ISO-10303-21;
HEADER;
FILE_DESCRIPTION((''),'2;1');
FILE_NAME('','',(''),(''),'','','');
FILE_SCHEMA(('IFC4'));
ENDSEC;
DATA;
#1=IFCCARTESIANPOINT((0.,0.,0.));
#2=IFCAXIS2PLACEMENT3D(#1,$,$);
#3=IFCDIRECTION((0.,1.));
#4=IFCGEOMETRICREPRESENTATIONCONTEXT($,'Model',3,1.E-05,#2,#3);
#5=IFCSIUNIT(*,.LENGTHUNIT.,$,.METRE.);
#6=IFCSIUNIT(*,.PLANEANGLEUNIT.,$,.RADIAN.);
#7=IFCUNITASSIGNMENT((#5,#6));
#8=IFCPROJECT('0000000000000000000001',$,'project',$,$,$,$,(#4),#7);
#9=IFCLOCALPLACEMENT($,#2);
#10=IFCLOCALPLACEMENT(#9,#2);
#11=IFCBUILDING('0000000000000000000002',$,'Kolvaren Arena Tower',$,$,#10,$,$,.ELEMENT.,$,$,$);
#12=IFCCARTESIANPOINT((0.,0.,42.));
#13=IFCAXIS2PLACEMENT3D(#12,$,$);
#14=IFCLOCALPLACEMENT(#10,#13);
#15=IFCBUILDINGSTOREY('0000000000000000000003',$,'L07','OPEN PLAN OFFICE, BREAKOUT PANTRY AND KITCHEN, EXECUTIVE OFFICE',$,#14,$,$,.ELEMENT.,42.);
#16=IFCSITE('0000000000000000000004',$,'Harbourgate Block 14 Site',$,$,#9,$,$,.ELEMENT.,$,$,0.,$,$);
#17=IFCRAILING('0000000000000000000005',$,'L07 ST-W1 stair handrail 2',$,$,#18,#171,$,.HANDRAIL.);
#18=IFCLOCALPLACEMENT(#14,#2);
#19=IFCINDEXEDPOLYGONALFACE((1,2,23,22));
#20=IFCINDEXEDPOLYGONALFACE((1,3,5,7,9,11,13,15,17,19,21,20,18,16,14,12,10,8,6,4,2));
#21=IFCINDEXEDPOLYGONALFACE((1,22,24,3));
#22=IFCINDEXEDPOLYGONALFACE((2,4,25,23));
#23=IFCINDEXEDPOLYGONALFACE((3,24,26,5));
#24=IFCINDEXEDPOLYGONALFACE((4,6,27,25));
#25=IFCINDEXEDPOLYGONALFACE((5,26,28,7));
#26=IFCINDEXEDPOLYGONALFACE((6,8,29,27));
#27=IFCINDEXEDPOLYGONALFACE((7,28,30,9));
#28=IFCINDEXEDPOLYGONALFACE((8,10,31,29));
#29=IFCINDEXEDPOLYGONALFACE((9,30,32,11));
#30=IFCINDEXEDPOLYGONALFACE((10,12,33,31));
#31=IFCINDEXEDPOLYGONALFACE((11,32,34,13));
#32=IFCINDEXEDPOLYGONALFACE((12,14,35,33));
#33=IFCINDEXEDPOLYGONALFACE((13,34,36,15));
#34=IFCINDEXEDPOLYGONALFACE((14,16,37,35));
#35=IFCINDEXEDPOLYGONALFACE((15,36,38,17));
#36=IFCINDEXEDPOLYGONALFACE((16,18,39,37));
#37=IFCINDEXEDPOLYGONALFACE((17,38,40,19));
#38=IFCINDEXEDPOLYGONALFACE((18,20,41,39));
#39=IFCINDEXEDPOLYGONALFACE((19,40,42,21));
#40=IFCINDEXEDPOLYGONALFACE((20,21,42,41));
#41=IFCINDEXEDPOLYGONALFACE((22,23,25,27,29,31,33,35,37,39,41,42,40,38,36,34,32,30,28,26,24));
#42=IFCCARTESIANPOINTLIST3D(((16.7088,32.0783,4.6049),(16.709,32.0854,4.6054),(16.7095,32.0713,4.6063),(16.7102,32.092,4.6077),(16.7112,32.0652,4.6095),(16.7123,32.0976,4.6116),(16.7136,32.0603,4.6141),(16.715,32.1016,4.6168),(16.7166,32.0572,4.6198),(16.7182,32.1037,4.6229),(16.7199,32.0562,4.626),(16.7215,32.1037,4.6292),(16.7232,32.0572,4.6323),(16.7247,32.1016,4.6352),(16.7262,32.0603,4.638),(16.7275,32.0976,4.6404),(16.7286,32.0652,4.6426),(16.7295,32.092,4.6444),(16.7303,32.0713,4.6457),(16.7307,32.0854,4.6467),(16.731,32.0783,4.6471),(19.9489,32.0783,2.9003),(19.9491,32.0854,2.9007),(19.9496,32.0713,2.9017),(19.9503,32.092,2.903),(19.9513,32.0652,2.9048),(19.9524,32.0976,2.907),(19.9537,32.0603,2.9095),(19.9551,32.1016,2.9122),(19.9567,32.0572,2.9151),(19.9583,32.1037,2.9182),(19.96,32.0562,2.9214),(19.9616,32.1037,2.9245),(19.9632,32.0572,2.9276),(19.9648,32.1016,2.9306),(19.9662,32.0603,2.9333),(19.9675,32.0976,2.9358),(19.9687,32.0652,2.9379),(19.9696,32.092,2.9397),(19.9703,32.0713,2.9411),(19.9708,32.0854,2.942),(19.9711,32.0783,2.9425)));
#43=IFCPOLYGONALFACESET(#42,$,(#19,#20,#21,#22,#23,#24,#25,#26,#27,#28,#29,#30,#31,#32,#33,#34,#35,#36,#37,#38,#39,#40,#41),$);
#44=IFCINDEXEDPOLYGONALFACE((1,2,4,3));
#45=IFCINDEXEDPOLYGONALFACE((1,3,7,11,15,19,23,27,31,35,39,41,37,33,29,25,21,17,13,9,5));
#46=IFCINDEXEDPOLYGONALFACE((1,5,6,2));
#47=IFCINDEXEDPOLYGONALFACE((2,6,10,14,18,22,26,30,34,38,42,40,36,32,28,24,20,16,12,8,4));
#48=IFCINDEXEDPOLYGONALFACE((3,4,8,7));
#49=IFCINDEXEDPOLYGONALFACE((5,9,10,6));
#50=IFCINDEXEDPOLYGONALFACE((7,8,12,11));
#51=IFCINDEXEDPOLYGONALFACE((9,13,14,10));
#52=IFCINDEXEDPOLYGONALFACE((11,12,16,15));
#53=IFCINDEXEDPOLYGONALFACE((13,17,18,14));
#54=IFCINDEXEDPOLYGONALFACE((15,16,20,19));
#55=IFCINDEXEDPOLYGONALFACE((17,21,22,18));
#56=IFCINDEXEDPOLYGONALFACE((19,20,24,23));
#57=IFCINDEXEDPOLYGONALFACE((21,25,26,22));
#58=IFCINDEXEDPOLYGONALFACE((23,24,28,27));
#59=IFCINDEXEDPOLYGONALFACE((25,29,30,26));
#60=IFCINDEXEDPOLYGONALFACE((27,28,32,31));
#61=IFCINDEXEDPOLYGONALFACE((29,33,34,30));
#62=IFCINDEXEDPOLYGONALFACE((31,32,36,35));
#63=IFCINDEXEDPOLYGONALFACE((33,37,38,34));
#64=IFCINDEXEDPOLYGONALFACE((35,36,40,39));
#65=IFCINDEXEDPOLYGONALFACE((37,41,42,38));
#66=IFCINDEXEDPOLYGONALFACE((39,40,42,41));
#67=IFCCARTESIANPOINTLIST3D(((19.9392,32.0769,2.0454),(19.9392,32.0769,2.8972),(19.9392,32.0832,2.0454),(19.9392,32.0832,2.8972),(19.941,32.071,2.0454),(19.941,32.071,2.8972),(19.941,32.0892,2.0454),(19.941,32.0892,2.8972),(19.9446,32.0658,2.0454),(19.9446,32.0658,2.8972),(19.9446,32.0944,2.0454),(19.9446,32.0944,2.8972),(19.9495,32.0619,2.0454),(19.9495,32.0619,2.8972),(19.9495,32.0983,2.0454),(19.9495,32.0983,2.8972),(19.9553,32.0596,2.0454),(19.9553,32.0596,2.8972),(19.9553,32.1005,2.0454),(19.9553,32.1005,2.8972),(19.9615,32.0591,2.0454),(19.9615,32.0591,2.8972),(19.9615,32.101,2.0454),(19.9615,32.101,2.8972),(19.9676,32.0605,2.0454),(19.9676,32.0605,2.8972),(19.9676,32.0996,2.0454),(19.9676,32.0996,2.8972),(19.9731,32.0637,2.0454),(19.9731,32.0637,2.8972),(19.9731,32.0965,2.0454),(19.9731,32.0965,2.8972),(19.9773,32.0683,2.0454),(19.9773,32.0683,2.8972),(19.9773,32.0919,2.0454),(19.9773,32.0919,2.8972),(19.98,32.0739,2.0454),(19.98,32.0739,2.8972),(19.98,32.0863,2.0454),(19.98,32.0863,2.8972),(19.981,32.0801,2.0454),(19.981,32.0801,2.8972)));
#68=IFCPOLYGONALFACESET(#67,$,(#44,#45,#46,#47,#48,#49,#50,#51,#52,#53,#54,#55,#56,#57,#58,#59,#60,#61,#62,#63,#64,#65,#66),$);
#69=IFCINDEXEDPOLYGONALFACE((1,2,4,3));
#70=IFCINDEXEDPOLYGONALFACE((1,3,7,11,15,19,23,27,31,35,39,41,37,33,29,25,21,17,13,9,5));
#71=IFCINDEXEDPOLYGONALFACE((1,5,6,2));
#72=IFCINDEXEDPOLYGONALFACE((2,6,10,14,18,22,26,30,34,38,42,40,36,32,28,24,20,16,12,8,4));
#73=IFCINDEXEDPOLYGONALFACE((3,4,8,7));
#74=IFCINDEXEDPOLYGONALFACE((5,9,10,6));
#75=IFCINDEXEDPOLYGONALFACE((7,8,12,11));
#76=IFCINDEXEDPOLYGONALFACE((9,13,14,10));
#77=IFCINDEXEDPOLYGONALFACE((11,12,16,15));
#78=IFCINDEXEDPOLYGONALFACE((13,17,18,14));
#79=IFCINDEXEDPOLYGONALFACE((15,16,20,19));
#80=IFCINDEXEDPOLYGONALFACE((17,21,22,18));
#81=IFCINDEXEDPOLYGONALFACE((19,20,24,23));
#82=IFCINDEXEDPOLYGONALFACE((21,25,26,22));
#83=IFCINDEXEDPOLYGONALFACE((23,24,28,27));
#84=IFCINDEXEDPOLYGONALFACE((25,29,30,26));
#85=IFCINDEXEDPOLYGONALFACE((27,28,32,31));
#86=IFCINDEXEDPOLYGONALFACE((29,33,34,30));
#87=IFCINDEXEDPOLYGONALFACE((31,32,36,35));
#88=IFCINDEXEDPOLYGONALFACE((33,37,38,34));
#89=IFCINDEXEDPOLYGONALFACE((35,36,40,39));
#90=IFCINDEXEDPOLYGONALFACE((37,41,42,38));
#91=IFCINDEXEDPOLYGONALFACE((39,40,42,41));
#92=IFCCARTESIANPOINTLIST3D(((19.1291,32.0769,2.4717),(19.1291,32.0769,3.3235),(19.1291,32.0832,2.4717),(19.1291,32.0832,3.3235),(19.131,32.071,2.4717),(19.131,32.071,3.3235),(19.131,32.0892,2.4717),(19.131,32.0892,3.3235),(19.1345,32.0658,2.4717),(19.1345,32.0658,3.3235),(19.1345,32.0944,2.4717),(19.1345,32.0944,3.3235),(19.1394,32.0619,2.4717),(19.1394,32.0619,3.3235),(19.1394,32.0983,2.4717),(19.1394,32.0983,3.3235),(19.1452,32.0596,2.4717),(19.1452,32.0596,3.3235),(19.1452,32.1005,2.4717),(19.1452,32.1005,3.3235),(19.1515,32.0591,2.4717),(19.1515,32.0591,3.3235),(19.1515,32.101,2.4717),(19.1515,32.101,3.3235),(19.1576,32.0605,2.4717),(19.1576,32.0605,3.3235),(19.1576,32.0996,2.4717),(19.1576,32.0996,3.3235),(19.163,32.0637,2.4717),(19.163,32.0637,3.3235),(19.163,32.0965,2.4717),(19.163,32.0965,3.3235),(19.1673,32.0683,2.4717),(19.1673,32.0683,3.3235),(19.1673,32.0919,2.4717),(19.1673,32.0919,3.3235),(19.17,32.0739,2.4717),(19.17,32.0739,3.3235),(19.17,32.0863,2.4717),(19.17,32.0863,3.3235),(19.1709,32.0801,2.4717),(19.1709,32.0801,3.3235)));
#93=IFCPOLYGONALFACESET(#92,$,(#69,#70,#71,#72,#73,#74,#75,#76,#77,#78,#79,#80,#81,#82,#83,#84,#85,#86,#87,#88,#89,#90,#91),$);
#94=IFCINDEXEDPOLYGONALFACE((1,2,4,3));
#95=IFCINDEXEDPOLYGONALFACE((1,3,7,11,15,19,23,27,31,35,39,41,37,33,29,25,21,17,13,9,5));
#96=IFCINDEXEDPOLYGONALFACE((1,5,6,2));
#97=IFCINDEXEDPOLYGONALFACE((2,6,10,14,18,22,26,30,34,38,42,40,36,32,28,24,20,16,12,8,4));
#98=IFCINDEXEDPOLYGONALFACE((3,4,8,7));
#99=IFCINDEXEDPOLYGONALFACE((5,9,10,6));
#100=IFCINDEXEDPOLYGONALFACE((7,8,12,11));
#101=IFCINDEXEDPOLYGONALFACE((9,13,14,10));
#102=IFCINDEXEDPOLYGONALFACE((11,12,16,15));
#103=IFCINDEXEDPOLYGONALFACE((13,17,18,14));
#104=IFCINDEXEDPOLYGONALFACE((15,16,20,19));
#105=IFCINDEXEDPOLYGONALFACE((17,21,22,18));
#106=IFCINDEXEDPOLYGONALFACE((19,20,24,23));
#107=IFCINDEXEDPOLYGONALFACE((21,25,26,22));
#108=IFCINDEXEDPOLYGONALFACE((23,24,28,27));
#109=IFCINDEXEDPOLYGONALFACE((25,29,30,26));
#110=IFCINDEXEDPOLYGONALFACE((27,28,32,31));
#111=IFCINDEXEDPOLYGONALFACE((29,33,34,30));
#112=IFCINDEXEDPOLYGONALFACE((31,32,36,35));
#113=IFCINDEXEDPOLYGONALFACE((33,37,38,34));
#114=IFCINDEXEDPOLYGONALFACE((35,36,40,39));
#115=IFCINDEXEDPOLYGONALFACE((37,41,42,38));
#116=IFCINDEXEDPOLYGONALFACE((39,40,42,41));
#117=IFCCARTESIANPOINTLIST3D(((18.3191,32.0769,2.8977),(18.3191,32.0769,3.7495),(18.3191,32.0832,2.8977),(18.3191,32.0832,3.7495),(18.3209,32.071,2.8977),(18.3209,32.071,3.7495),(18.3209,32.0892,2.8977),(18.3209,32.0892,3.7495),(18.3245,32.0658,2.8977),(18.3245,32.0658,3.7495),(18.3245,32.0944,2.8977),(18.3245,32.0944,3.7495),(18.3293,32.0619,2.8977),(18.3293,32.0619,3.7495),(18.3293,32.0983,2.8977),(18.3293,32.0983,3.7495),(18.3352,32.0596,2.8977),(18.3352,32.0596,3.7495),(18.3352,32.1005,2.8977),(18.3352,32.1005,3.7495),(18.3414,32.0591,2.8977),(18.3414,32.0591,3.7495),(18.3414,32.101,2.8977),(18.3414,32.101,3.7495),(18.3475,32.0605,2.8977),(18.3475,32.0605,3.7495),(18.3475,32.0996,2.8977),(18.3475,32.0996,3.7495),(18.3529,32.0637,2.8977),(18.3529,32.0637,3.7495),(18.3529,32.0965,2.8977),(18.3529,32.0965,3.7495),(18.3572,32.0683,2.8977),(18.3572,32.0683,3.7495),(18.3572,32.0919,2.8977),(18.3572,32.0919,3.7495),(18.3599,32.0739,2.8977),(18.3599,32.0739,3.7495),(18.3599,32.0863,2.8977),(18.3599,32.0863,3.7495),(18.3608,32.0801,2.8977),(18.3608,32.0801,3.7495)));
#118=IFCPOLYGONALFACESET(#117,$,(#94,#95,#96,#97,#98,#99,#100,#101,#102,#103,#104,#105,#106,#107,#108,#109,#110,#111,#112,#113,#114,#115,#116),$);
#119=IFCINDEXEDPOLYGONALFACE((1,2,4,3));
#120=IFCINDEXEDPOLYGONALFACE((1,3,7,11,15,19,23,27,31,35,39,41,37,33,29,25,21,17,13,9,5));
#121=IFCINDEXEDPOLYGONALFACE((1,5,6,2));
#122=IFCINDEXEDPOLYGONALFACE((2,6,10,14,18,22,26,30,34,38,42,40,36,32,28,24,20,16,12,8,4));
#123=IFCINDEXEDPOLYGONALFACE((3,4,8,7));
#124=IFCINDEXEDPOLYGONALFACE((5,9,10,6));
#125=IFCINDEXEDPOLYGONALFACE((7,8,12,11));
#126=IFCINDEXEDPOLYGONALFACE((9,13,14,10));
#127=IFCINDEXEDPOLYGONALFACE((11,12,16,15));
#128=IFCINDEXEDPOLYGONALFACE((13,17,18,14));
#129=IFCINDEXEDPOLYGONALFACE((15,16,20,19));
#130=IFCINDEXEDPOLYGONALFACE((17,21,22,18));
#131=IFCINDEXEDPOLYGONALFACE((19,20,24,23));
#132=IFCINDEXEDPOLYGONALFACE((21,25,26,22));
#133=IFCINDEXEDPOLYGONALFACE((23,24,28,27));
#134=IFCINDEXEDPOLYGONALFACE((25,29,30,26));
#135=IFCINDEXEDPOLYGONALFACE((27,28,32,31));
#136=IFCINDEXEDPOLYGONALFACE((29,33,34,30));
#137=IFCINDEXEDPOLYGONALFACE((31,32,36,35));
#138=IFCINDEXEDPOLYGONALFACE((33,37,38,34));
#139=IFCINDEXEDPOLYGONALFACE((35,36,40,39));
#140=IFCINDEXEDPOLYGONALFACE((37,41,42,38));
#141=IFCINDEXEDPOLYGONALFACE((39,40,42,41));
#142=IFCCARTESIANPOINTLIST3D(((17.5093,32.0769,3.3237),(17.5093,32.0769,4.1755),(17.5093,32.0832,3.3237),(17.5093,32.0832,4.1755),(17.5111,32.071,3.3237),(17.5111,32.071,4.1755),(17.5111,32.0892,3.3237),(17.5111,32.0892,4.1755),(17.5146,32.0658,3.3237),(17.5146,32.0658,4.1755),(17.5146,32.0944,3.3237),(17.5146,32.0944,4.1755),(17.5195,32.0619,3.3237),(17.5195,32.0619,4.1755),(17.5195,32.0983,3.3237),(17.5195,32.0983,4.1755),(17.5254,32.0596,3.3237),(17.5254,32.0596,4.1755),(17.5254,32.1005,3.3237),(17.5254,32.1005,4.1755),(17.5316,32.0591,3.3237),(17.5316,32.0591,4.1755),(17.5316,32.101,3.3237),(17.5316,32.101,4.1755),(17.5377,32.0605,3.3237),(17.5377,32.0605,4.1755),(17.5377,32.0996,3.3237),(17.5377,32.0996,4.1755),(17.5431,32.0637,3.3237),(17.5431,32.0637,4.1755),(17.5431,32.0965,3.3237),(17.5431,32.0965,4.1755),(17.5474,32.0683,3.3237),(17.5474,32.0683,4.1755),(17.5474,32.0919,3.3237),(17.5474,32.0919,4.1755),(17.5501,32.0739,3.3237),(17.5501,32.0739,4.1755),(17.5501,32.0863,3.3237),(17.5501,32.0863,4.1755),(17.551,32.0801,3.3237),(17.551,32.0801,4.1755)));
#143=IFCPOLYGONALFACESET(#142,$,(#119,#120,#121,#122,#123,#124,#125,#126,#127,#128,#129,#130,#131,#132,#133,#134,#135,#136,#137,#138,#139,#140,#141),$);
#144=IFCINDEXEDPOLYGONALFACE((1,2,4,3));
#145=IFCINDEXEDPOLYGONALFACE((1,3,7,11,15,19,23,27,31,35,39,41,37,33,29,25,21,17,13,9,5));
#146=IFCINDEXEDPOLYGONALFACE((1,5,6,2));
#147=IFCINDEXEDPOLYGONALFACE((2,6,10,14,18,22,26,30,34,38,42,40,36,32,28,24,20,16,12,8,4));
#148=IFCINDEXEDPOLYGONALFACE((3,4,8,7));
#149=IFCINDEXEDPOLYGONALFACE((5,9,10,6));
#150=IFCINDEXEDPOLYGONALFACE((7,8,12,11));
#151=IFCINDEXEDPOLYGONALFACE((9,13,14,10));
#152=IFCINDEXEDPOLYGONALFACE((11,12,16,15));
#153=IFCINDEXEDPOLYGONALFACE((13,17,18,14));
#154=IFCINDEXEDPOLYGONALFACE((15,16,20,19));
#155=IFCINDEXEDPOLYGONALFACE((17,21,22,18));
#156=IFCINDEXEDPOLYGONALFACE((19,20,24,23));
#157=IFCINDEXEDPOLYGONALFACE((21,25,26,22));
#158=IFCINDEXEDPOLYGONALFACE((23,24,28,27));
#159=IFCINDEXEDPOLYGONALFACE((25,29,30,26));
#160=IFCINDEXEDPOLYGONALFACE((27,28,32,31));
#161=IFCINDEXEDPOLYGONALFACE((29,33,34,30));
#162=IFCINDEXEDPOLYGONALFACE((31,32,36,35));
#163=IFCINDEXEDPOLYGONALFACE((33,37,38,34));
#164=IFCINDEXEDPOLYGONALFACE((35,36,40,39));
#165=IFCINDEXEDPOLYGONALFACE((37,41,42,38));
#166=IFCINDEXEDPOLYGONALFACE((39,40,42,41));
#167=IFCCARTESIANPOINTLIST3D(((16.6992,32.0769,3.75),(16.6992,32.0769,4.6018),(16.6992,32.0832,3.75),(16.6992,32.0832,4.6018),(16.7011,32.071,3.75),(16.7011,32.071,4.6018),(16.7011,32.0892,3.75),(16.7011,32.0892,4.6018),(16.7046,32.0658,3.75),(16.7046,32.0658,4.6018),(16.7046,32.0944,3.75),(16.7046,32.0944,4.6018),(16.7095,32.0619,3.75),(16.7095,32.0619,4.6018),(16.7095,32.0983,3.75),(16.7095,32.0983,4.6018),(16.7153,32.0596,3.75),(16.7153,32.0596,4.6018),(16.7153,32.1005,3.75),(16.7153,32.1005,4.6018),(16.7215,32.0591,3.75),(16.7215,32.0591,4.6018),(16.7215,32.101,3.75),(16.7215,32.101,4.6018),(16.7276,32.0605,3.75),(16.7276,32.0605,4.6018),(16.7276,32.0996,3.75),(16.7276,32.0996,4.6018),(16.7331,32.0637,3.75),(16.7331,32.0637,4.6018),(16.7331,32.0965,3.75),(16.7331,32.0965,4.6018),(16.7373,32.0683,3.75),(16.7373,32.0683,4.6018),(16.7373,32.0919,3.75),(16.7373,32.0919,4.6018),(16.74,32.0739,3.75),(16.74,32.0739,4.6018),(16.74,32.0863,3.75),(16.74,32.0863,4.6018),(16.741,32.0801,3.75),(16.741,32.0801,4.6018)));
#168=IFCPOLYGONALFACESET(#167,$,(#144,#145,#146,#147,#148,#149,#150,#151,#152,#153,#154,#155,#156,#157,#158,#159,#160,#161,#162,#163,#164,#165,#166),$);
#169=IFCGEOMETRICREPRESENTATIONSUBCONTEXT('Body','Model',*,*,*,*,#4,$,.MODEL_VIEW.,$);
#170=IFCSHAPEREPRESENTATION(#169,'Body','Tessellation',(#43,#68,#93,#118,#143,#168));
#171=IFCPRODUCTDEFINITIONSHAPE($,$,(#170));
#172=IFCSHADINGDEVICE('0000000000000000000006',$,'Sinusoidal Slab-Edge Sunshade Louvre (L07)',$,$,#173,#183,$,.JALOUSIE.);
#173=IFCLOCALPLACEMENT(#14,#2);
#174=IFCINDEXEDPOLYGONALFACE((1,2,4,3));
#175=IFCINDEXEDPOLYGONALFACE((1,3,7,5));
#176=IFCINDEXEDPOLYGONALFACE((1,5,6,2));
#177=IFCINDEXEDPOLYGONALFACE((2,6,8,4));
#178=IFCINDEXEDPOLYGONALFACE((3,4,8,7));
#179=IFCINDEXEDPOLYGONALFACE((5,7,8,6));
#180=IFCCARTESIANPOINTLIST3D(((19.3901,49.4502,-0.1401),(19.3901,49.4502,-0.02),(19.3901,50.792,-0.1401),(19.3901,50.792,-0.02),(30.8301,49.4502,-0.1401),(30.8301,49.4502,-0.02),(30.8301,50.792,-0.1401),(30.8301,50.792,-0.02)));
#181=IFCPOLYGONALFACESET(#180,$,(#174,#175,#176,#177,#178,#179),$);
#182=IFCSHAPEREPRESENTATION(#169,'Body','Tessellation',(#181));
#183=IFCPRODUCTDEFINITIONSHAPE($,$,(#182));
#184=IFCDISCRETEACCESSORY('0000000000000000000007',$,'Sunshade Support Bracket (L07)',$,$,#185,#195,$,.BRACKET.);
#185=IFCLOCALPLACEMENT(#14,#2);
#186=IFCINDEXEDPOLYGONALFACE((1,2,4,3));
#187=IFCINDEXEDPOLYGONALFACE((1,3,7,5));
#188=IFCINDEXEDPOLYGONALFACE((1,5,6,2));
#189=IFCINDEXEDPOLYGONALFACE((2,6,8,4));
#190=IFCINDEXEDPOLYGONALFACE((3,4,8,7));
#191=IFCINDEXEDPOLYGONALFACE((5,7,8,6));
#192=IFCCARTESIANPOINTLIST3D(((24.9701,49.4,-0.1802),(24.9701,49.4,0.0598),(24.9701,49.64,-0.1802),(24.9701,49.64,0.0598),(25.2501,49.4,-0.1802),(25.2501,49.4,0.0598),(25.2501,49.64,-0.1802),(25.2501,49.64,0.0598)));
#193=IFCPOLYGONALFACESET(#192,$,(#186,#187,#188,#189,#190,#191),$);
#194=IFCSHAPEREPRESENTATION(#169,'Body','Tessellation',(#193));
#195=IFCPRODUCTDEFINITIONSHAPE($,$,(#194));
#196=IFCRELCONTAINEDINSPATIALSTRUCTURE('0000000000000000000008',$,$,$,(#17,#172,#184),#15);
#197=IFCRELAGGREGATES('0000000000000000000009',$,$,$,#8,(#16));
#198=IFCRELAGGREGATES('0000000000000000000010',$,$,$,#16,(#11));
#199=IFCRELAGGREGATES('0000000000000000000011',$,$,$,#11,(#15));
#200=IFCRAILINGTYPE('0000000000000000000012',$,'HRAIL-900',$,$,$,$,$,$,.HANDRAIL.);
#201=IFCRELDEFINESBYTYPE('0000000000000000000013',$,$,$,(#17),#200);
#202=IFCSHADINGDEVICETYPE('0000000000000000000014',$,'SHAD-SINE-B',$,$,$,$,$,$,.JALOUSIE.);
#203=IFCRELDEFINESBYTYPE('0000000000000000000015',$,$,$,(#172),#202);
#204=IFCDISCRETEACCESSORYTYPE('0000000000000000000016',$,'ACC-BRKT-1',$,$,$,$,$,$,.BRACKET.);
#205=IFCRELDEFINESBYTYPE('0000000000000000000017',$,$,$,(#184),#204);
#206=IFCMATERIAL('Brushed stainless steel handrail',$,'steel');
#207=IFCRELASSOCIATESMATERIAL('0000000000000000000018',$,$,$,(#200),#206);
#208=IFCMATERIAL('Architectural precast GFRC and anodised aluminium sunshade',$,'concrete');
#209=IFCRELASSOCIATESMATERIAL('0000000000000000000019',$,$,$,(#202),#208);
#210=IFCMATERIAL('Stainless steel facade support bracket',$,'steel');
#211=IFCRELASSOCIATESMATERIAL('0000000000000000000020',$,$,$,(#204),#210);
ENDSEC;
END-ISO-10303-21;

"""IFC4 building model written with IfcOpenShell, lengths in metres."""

from ifc_helpers import new_model, si_unit, direction, frame, origin, origin_2d, place, context, subcontext, project, spatial, rectangle, circle, extrude, material, type_object, element, save


model = new_model("IFC4")

# Units and contexts
model_context = context("Model", 3, precision=1e-05, world=origin(), true_north=direction((0.0, 1.0)))
body_context = subcontext(model_context, "Body", "Model", "MODEL_VIEW")
ifc_project = project(units=[si_unit("LENGTHUNIT", "METRE"), si_unit("PLANEANGLEUNIT", "RADIAN")], contexts=[model_context])

# Site, building, storey
site_placement = place(None, origin())
site = spatial("IfcSite", under=ifc_project, at=site_placement, Name="Harbourgate Block 14 Site", CompositionType="ELEMENT", RefElevation=0.0)
building_placement = place(site_placement, origin())
building = spatial("IfcBuilding", under=site, at=building_placement, Name="Kolvaren Arena Tower", CompositionType="ELEMENT")
storey_placement = place(building_placement, frame((0.0, 0.0, 42.0)))
storey = spatial("IfcBuildingStorey", under=building, at=storey_placement, Name="L07", Description="OPEN PLAN OFFICE, BREAKOUT PANTRY AND KITCHEN, EXECUTIVE OFFICE", CompositionType="ELEMENT", Elevation=42.0)

# Railing
ifc_material_1 = material(Name="Brushed stainless steel handrail", Category="steel")
railing_type = type_object("IfcRailingType", Name="HRAIL-900", PredefinedType="HANDRAIL", material=ifc_material_1)
railing_placement = place(storey_placement, frame((19.96, 32.0801, 2.0454)))
element("IfcRailing", 1, at=railing_placement, inside=storey, type_object=railing_type, Name="L07 ST-W1 stair handrail 2", PredefinedType="HANDRAIL", context=body_context, shape_type="SweptSolid", body=[
    extrude(circle(Radius=0.0239, at=origin_2d()), frame((0.0, 0.0, 0.876), z_axis=(-0.884993, 0.0, 0.465604), x_axis=(0.0, -1.0, 0.0)), (0.0, 0.0, 1.0), 3.6611),
    extrude(circle(Radius=0.021, at=origin_2d()), origin(), (0.0, 0.0, 1.0), 0.8518),
    extrude(circle(Radius=0.021, at=origin_2d()), frame((-0.8101, 0.0, 0.4263)), (0.0, 0.0, 1.0), 0.8518),
    extrude(circle(Radius=0.021, at=origin_2d()), frame((-1.6201, 0.0, 0.8523)), (0.0, 0.0, 1.0), 0.8518),
    extrude(circle(Radius=0.021, at=origin_2d()), frame((-2.4299, 0.0, 1.2783)), (0.0, 0.0, 1.0), 0.8518),
    extrude(circle(Radius=0.021, at=origin_2d()), frame((-3.24, 0.0, 1.7046)), (0.0, 0.0, 1.0), 0.8518),
])

# Shading device
ifc_material_2 = material(Name="Architectural precast GFRC and anodised aluminium sunshade", Category="concrete")
shading_device_type = type_object("IfcShadingDeviceType", Name="SHAD-SINE-B", PredefinedType="JALOUSIE", material=ifc_material_2)
shading_device_placement = place(storey_placement, frame((25.1101, 50.1211, -0.1401), z_axis=(0.0, 0.0, 1.0), x_axis=(1.0, 0.0, 0.0)))
element("IfcShadingDevice", 2, at=shading_device_placement, inside=storey, type_object=shading_device_type, Name="Sinusoidal Slab-Edge Sunshade Louvre (L07)", PredefinedType="JALOUSIE", context=body_context, shape_type="SweptSolid", body=[
    extrude(rectangle(XDim=11.4399, YDim=1.3418, at=origin_2d()), origin(), (0.0, 0.0, 1.0), 0.1201),
])

# Discrete accessory
ifc_material_3 = material(Name="Stainless steel facade support bracket", Category="steel")
discrete_accessory_type = type_object("IfcDiscreteAccessoryType", Name="ACC-BRKT-1", PredefinedType="BRACKET", material=ifc_material_3)
discrete_accessory_placement = place(storey_placement, frame((25.1101, 49.52, -0.1802), z_axis=(0.0, 0.0, 1.0), x_axis=(1.0, 0.0, 0.0)))
element("IfcDiscreteAccessory", 3, at=discrete_accessory_placement, inside=storey, type_object=discrete_accessory_type, Name="Sunshade Support Bracket (L07)", PredefinedType="BRACKET", context=body_context, shape_type="SweptSolid", body=[
    extrude(rectangle(XDim=0.28, YDim=0.24, at=origin_2d()), origin(), (0.0, 0.0, 1.0), 0.24),
])

save(model, "model.ifc")
